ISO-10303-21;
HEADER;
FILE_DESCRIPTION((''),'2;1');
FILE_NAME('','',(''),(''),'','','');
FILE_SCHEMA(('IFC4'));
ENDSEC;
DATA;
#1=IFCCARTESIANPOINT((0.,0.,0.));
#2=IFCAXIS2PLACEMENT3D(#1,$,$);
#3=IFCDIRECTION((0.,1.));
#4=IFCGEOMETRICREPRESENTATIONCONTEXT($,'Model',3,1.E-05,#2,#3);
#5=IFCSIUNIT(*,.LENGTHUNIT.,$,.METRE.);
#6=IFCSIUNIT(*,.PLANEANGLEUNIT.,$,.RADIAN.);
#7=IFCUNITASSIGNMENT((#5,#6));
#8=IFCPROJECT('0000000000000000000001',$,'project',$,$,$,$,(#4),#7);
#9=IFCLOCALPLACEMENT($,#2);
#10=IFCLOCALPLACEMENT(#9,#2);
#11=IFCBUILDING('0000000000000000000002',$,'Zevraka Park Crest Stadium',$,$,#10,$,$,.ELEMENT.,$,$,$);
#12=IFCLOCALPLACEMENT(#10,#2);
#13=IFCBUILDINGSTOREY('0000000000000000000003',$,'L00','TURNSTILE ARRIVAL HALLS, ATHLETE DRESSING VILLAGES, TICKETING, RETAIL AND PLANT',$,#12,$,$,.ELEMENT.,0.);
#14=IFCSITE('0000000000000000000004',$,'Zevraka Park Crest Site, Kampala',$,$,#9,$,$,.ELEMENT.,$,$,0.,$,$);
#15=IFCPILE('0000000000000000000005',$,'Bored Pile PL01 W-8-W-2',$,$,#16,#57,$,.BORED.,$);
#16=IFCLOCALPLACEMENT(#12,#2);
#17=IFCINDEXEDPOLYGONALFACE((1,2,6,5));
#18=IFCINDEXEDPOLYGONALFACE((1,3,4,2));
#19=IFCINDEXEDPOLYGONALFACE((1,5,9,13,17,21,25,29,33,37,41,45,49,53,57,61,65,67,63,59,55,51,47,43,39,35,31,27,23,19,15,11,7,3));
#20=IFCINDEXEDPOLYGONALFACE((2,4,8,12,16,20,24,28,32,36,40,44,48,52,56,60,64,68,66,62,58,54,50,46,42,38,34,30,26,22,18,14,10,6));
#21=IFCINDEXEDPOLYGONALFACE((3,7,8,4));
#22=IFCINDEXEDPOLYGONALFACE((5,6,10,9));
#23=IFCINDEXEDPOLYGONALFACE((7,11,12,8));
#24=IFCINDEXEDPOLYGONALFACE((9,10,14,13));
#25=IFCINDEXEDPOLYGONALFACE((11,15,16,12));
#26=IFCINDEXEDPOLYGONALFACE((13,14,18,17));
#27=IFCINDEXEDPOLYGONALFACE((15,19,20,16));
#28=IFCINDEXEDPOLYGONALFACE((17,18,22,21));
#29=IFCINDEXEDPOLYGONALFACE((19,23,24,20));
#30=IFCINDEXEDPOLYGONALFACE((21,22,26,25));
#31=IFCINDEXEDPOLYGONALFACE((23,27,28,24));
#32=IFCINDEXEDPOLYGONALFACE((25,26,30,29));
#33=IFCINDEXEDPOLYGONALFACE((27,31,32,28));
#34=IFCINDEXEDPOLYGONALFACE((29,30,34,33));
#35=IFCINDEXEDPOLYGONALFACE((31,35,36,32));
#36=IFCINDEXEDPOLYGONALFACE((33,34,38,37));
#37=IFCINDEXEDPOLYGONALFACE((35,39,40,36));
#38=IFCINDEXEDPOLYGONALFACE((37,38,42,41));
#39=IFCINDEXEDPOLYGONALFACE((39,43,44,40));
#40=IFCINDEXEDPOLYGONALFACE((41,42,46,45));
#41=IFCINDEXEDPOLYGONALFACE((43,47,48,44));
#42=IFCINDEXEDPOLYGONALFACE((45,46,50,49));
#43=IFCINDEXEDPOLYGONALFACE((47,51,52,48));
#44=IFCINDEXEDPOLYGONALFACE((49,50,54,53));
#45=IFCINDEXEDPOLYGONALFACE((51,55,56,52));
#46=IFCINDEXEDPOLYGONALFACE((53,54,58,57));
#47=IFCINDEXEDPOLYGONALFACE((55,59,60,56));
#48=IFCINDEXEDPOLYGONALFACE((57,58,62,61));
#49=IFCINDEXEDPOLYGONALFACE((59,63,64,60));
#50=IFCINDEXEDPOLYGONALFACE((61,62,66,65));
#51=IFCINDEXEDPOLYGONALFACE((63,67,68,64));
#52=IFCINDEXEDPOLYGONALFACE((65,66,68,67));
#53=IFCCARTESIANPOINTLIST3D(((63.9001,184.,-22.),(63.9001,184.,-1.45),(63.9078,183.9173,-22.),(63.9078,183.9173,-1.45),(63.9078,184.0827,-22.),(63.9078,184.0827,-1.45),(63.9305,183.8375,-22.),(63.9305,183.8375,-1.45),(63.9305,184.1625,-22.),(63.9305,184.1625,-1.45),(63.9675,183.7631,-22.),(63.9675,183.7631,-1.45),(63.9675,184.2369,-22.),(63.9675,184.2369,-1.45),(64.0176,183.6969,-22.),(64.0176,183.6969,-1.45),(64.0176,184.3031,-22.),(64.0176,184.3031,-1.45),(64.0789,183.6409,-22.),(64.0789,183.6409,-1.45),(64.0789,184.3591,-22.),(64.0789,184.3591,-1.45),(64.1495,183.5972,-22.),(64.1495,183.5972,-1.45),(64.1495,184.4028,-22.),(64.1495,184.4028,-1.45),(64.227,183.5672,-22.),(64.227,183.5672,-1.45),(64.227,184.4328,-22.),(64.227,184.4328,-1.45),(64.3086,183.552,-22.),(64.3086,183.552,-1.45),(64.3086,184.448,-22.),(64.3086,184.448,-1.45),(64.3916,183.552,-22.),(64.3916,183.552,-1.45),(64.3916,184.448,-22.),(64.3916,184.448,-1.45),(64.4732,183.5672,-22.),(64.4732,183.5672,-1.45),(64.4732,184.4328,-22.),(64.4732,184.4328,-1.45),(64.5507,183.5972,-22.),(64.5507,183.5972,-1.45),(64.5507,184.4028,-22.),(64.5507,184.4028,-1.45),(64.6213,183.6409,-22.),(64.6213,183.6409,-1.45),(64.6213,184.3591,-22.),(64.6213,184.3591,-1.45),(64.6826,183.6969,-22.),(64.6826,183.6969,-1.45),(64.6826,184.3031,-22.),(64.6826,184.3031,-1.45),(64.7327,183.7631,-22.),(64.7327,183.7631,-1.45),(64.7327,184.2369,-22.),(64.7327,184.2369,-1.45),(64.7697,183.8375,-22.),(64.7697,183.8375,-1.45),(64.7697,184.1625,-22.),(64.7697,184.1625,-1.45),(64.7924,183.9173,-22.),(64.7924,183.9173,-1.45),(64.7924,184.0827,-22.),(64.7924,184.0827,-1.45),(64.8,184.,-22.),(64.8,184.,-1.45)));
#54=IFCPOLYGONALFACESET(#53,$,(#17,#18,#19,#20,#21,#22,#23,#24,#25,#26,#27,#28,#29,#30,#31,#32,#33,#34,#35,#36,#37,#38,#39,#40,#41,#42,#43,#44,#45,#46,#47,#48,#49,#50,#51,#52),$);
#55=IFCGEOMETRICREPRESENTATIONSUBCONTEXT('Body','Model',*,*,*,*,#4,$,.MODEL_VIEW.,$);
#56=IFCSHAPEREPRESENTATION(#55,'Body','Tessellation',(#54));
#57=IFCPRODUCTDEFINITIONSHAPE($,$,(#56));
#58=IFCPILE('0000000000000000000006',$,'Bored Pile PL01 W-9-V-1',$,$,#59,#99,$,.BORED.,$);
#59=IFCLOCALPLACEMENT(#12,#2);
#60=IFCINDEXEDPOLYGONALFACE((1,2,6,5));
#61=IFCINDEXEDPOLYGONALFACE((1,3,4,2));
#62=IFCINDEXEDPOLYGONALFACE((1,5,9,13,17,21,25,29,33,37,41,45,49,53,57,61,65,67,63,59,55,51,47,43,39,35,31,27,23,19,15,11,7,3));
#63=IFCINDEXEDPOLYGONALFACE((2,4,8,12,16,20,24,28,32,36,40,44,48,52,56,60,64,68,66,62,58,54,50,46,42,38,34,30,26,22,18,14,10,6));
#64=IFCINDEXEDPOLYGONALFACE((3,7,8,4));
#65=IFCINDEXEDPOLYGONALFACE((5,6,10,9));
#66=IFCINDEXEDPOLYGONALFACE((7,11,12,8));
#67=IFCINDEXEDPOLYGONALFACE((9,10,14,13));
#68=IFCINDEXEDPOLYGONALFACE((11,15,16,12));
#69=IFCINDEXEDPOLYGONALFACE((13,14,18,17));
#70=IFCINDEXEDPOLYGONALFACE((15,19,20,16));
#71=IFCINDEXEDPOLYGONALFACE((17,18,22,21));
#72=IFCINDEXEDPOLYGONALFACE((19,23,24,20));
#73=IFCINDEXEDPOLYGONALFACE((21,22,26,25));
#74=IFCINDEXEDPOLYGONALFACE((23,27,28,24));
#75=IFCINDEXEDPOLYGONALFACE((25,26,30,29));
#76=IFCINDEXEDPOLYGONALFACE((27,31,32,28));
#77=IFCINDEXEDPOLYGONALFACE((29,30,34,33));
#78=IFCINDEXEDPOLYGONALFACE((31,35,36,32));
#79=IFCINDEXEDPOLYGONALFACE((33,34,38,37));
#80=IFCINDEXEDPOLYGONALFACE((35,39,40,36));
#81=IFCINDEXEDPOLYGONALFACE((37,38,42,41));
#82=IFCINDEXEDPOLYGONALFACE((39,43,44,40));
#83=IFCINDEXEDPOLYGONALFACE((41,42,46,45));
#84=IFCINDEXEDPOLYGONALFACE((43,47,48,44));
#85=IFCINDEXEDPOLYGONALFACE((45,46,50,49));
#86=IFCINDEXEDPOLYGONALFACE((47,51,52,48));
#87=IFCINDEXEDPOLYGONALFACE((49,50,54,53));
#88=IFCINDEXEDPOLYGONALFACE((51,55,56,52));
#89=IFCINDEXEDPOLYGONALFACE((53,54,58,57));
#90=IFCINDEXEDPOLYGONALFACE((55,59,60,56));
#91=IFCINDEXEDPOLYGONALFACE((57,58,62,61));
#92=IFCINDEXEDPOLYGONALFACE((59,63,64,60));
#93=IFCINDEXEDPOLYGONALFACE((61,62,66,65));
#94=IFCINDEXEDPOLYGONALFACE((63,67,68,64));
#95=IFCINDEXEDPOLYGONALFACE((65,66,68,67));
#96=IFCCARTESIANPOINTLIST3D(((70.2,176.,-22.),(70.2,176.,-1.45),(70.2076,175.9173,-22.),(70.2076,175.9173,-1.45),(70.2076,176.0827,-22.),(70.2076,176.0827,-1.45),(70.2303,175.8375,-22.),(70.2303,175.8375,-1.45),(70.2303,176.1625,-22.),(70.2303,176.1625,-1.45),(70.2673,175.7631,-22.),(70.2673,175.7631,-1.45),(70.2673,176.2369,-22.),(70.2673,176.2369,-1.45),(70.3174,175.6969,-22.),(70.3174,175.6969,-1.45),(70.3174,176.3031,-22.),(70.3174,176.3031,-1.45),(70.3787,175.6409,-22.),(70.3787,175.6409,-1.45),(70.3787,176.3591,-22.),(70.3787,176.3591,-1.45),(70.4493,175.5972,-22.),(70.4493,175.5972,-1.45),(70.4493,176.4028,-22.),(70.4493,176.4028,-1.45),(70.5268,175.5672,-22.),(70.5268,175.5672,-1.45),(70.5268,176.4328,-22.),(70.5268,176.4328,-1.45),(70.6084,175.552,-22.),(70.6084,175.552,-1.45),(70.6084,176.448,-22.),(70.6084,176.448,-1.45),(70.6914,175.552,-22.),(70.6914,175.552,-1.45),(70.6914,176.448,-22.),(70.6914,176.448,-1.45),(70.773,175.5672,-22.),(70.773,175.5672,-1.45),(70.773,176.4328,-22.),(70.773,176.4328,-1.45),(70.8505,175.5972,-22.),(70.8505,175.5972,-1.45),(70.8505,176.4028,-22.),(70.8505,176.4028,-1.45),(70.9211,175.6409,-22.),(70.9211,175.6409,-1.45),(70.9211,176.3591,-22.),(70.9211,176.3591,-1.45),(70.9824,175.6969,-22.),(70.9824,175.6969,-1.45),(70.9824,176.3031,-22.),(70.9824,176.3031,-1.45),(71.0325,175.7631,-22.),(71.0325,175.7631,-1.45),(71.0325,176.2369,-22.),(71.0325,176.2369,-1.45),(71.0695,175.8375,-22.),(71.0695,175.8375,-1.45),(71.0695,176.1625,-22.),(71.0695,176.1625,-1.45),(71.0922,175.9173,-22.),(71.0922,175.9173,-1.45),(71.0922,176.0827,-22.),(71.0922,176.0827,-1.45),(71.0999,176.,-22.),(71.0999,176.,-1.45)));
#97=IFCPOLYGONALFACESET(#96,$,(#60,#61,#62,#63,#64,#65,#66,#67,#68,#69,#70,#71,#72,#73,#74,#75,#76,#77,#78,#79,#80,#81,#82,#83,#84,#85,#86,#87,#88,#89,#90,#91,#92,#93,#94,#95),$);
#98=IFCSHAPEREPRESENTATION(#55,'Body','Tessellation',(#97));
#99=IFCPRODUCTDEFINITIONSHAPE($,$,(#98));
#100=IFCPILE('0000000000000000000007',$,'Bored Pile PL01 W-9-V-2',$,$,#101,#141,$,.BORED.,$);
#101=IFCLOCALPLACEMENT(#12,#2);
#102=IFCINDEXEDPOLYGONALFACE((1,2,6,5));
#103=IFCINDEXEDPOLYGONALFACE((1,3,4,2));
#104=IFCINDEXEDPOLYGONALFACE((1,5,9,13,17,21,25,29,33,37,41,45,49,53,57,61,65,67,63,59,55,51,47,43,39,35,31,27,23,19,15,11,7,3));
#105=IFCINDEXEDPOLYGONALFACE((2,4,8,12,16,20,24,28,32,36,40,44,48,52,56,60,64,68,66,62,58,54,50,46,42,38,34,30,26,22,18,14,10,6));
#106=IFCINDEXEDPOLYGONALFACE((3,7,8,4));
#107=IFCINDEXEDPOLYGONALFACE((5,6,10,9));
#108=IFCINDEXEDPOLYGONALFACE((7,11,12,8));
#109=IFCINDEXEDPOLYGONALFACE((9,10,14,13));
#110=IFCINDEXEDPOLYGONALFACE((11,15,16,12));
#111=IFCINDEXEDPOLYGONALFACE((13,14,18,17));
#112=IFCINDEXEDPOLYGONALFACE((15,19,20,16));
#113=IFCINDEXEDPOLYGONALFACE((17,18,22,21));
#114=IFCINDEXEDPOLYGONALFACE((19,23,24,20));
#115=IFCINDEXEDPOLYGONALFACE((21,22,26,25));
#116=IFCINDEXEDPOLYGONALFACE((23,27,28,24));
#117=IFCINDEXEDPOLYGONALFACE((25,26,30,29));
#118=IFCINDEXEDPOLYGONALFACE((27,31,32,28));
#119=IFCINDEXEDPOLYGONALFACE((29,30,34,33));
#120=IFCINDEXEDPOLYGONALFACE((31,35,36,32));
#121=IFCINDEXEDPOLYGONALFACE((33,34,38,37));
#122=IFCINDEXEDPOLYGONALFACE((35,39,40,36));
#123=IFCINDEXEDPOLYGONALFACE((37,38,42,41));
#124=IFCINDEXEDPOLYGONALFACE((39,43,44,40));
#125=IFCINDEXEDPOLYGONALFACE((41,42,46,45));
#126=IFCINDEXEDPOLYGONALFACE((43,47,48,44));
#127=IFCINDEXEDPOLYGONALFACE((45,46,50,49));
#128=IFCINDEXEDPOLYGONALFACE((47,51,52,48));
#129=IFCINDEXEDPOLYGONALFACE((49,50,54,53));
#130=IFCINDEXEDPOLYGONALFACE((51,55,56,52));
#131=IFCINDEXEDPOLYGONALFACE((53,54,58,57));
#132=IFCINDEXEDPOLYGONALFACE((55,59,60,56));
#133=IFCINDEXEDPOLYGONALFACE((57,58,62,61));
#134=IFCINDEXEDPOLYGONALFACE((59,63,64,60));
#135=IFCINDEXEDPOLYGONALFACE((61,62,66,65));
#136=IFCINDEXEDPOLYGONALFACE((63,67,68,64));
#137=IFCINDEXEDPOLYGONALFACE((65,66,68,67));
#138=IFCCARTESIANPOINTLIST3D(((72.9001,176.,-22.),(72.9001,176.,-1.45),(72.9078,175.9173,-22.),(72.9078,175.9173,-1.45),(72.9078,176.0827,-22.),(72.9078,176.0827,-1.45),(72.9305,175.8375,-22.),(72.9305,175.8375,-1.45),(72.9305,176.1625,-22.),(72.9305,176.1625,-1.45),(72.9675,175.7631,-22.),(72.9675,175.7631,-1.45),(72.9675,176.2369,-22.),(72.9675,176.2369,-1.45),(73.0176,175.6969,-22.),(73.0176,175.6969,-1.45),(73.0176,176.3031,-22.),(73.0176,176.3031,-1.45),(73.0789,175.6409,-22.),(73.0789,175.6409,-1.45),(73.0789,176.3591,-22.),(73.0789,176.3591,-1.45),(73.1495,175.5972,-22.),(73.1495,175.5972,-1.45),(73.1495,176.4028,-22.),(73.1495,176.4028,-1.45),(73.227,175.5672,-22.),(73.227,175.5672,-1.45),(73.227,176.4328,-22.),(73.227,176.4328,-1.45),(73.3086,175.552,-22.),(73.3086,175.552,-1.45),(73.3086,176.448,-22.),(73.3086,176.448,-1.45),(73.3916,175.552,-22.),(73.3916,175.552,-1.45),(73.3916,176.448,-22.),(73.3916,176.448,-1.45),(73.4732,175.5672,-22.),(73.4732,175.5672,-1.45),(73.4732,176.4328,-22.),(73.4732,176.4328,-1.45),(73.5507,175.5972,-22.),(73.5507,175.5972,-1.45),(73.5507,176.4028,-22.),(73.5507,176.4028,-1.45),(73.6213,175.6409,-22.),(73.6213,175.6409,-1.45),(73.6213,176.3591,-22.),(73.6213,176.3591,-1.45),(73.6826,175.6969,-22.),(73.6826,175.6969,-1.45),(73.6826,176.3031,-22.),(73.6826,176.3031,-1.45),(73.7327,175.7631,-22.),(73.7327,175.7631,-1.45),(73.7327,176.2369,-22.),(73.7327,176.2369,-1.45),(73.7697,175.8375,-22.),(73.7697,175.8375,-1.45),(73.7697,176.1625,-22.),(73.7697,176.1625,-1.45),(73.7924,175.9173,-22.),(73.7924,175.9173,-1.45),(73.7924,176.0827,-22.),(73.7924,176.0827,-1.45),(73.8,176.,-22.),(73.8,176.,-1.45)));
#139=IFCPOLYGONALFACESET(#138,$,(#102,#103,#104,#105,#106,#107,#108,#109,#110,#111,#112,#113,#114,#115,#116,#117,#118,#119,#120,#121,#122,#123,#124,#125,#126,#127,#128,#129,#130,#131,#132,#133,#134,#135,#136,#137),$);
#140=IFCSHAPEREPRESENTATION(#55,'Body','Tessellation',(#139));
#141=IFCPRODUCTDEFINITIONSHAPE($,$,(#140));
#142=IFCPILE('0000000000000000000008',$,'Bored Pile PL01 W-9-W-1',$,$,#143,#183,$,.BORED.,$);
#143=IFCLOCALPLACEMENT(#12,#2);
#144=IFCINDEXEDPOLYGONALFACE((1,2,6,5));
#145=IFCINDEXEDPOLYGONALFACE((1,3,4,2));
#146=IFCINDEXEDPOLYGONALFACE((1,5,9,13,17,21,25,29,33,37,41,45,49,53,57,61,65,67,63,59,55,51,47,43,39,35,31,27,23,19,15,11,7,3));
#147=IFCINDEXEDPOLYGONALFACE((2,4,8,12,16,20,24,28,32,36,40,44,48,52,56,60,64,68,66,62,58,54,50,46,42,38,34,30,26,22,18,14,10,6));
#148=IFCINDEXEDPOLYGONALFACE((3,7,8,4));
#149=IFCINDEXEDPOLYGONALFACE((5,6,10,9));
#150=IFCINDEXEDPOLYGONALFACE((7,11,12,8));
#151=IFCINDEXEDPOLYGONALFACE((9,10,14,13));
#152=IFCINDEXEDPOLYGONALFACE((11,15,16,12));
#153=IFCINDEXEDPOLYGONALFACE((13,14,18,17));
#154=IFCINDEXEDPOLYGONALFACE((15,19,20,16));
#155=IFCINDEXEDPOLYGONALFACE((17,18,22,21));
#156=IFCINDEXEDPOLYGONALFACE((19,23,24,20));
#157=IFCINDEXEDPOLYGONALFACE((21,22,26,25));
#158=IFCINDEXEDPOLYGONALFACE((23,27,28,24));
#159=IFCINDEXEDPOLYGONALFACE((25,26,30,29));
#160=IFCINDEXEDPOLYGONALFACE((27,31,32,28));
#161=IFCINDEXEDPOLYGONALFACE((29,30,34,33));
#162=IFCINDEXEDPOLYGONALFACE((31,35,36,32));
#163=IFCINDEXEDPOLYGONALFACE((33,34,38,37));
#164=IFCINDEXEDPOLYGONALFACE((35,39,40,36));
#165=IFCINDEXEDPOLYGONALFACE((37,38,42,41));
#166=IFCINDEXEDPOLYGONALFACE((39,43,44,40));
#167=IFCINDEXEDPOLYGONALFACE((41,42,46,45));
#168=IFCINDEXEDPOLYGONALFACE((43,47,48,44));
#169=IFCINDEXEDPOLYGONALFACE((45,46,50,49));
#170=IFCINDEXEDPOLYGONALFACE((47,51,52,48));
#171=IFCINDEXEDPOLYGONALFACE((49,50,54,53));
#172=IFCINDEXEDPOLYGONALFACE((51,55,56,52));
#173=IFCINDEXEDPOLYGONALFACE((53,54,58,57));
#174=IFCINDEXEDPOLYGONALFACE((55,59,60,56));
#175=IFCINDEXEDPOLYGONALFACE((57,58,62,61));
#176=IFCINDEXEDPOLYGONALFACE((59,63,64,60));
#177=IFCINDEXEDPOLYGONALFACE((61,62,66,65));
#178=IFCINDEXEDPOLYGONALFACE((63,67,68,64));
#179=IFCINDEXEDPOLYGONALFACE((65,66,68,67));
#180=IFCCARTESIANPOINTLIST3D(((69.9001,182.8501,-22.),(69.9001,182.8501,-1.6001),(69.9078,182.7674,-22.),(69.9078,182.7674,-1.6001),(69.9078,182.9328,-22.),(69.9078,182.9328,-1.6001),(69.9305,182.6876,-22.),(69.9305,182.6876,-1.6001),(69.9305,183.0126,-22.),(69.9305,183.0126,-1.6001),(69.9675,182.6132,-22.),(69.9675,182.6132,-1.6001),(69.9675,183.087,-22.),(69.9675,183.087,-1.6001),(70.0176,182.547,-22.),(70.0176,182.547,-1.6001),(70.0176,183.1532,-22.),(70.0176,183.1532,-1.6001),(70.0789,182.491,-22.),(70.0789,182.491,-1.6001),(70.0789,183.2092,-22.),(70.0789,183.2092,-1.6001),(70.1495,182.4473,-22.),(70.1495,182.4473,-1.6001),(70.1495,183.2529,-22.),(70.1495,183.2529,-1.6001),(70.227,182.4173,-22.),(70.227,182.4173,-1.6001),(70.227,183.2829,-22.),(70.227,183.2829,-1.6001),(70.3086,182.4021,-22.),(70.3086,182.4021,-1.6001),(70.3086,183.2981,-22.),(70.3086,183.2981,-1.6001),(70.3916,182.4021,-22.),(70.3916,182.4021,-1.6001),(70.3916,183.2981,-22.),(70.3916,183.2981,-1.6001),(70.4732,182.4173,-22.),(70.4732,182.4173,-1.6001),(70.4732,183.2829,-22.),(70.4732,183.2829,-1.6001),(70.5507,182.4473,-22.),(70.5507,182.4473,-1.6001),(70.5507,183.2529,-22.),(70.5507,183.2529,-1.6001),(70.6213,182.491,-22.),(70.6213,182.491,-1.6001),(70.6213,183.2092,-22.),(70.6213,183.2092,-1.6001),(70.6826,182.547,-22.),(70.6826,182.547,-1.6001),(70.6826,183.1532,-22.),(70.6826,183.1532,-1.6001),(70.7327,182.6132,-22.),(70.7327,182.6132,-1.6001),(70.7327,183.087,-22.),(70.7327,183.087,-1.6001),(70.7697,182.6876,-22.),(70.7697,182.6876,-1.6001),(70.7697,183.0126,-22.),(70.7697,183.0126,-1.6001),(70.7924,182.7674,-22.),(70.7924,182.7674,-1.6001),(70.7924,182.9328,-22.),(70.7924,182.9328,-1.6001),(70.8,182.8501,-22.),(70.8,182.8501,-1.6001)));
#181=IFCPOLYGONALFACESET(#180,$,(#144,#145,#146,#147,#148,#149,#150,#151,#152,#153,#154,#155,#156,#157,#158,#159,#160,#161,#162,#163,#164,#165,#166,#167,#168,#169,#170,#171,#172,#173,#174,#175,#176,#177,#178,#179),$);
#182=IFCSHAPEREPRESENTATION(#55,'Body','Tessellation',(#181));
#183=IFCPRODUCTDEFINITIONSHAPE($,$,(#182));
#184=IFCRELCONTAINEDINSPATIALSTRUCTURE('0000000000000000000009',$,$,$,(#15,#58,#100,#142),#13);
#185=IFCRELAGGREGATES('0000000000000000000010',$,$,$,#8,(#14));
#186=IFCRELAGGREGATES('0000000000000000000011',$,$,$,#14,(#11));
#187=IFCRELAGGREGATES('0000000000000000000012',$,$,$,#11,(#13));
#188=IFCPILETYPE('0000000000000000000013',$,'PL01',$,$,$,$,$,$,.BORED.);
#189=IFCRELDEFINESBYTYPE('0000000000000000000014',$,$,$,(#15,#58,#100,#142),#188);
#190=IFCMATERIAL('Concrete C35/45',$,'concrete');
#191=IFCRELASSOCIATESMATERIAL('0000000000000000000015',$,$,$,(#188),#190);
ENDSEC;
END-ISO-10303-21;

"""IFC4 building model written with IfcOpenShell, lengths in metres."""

from ifc_helpers import new_model, si_unit, direction, frame, origin, origin_2d, place, context, subcontext, project, spatial, circle, extrude, material, material_profile, profile_set, type_object, element, save


model = new_model("IFC4")

# Units and contexts
model_context = context("Model", 3, precision=1e-05, world=origin(), true_north=direction((0.0, 1.0)))
body_context = subcontext(model_context, "Body", "Model", "MODEL_VIEW")
ifc_project = project(units=[si_unit("LENGTHUNIT", "METRE"), si_unit("PLANEANGLEUNIT", "RADIAN")], contexts=[model_context])

# Site, building, storey
site_placement = place(None, origin())
site = spatial("IfcSite", under=ifc_project, at=site_placement, Name="Zevraka Park Crest Site, Kampala", CompositionType="ELEMENT", RefElevation=0.0)
building_placement = place(site_placement, origin())
building = spatial("IfcBuilding", under=site, at=building_placement, Name="Zevraka Park Crest Stadium", CompositionType="ELEMENT")
storey_placement = place(building_placement, origin())
storey = spatial("IfcBuildingStorey", under=building, at=storey_placement, Name="L00", Description="TURNSTILE ARRIVAL HALLS, ATHLETE DRESSING VILLAGES, TICKETING, RETAIL AND PLANT", CompositionType="ELEMENT", Elevation=0.0)

# Piles
ifc_material_1 = material(Name="Concrete C35/45", Category="concrete")
ifc_material_profile_1 = material_profile(ifc_material_1, circle(Radius=0.45, at=origin_2d()), Name="PILE D900")
ifc_profile_set_1 = profile_set([ifc_material_profile_1], Name="Concrete C35/45")
pile_type = type_object("IfcPileType", Name="PL01", PredefinedType="BORED", material=ifc_profile_set_1)
for number, where, z_axis, x_axis, name in (
    (1, (64.3501, 184.0, -1.45), (0.0, 0.0, -1.0), (1.0, 0.0, 0.0), "Bored Pile PL01 W-8-W-2"),
    (2, (70.6499, 176.0, -1.45), (0.0, 0.0, -1.0), (1.0, 0.0, 0.0), "Bored Pile PL01 W-9-V-1"),
    (3, (73.3501, 176.0, -1.45), (0.0, 0.0, -1.0), (1.0, 0.0, 0.0), "Bored Pile PL01 W-9-V-2"),
):
    element("IfcPile", number, at=place(storey_placement, frame(where, z_axis=z_axis, x_axis=x_axis)), inside=storey, type_object=pile_type, Name=name, PredefinedType="BORED", context=body_context, shape_type="SweptSolid", body=[
        extrude(circle(Radius=0.45, at=origin_2d()), origin(), (0.0, 0.0, 1.0), 20.55),
    ])
for number, where, z_axis, x_axis, name in (
    (4, (70.3501, 182.8501, -1.6001), (0.0, 0.0, -1.0), (1.0, 0.0, 0.0), "Bored Pile PL01 W-9-W-1"),
):
    element("IfcPile", number, at=place(storey_placement, frame(where, z_axis=z_axis, x_axis=x_axis)), inside=storey, type_object=pile_type, Name=name, PredefinedType="BORED", context=body_context, shape_type="SweptSolid", body=[
        extrude(circle(Radius=0.45, at=origin_2d()), origin(), (0.0, 0.0, 1.0), 20.3999),
    ])

save(model, "model.ifc")
